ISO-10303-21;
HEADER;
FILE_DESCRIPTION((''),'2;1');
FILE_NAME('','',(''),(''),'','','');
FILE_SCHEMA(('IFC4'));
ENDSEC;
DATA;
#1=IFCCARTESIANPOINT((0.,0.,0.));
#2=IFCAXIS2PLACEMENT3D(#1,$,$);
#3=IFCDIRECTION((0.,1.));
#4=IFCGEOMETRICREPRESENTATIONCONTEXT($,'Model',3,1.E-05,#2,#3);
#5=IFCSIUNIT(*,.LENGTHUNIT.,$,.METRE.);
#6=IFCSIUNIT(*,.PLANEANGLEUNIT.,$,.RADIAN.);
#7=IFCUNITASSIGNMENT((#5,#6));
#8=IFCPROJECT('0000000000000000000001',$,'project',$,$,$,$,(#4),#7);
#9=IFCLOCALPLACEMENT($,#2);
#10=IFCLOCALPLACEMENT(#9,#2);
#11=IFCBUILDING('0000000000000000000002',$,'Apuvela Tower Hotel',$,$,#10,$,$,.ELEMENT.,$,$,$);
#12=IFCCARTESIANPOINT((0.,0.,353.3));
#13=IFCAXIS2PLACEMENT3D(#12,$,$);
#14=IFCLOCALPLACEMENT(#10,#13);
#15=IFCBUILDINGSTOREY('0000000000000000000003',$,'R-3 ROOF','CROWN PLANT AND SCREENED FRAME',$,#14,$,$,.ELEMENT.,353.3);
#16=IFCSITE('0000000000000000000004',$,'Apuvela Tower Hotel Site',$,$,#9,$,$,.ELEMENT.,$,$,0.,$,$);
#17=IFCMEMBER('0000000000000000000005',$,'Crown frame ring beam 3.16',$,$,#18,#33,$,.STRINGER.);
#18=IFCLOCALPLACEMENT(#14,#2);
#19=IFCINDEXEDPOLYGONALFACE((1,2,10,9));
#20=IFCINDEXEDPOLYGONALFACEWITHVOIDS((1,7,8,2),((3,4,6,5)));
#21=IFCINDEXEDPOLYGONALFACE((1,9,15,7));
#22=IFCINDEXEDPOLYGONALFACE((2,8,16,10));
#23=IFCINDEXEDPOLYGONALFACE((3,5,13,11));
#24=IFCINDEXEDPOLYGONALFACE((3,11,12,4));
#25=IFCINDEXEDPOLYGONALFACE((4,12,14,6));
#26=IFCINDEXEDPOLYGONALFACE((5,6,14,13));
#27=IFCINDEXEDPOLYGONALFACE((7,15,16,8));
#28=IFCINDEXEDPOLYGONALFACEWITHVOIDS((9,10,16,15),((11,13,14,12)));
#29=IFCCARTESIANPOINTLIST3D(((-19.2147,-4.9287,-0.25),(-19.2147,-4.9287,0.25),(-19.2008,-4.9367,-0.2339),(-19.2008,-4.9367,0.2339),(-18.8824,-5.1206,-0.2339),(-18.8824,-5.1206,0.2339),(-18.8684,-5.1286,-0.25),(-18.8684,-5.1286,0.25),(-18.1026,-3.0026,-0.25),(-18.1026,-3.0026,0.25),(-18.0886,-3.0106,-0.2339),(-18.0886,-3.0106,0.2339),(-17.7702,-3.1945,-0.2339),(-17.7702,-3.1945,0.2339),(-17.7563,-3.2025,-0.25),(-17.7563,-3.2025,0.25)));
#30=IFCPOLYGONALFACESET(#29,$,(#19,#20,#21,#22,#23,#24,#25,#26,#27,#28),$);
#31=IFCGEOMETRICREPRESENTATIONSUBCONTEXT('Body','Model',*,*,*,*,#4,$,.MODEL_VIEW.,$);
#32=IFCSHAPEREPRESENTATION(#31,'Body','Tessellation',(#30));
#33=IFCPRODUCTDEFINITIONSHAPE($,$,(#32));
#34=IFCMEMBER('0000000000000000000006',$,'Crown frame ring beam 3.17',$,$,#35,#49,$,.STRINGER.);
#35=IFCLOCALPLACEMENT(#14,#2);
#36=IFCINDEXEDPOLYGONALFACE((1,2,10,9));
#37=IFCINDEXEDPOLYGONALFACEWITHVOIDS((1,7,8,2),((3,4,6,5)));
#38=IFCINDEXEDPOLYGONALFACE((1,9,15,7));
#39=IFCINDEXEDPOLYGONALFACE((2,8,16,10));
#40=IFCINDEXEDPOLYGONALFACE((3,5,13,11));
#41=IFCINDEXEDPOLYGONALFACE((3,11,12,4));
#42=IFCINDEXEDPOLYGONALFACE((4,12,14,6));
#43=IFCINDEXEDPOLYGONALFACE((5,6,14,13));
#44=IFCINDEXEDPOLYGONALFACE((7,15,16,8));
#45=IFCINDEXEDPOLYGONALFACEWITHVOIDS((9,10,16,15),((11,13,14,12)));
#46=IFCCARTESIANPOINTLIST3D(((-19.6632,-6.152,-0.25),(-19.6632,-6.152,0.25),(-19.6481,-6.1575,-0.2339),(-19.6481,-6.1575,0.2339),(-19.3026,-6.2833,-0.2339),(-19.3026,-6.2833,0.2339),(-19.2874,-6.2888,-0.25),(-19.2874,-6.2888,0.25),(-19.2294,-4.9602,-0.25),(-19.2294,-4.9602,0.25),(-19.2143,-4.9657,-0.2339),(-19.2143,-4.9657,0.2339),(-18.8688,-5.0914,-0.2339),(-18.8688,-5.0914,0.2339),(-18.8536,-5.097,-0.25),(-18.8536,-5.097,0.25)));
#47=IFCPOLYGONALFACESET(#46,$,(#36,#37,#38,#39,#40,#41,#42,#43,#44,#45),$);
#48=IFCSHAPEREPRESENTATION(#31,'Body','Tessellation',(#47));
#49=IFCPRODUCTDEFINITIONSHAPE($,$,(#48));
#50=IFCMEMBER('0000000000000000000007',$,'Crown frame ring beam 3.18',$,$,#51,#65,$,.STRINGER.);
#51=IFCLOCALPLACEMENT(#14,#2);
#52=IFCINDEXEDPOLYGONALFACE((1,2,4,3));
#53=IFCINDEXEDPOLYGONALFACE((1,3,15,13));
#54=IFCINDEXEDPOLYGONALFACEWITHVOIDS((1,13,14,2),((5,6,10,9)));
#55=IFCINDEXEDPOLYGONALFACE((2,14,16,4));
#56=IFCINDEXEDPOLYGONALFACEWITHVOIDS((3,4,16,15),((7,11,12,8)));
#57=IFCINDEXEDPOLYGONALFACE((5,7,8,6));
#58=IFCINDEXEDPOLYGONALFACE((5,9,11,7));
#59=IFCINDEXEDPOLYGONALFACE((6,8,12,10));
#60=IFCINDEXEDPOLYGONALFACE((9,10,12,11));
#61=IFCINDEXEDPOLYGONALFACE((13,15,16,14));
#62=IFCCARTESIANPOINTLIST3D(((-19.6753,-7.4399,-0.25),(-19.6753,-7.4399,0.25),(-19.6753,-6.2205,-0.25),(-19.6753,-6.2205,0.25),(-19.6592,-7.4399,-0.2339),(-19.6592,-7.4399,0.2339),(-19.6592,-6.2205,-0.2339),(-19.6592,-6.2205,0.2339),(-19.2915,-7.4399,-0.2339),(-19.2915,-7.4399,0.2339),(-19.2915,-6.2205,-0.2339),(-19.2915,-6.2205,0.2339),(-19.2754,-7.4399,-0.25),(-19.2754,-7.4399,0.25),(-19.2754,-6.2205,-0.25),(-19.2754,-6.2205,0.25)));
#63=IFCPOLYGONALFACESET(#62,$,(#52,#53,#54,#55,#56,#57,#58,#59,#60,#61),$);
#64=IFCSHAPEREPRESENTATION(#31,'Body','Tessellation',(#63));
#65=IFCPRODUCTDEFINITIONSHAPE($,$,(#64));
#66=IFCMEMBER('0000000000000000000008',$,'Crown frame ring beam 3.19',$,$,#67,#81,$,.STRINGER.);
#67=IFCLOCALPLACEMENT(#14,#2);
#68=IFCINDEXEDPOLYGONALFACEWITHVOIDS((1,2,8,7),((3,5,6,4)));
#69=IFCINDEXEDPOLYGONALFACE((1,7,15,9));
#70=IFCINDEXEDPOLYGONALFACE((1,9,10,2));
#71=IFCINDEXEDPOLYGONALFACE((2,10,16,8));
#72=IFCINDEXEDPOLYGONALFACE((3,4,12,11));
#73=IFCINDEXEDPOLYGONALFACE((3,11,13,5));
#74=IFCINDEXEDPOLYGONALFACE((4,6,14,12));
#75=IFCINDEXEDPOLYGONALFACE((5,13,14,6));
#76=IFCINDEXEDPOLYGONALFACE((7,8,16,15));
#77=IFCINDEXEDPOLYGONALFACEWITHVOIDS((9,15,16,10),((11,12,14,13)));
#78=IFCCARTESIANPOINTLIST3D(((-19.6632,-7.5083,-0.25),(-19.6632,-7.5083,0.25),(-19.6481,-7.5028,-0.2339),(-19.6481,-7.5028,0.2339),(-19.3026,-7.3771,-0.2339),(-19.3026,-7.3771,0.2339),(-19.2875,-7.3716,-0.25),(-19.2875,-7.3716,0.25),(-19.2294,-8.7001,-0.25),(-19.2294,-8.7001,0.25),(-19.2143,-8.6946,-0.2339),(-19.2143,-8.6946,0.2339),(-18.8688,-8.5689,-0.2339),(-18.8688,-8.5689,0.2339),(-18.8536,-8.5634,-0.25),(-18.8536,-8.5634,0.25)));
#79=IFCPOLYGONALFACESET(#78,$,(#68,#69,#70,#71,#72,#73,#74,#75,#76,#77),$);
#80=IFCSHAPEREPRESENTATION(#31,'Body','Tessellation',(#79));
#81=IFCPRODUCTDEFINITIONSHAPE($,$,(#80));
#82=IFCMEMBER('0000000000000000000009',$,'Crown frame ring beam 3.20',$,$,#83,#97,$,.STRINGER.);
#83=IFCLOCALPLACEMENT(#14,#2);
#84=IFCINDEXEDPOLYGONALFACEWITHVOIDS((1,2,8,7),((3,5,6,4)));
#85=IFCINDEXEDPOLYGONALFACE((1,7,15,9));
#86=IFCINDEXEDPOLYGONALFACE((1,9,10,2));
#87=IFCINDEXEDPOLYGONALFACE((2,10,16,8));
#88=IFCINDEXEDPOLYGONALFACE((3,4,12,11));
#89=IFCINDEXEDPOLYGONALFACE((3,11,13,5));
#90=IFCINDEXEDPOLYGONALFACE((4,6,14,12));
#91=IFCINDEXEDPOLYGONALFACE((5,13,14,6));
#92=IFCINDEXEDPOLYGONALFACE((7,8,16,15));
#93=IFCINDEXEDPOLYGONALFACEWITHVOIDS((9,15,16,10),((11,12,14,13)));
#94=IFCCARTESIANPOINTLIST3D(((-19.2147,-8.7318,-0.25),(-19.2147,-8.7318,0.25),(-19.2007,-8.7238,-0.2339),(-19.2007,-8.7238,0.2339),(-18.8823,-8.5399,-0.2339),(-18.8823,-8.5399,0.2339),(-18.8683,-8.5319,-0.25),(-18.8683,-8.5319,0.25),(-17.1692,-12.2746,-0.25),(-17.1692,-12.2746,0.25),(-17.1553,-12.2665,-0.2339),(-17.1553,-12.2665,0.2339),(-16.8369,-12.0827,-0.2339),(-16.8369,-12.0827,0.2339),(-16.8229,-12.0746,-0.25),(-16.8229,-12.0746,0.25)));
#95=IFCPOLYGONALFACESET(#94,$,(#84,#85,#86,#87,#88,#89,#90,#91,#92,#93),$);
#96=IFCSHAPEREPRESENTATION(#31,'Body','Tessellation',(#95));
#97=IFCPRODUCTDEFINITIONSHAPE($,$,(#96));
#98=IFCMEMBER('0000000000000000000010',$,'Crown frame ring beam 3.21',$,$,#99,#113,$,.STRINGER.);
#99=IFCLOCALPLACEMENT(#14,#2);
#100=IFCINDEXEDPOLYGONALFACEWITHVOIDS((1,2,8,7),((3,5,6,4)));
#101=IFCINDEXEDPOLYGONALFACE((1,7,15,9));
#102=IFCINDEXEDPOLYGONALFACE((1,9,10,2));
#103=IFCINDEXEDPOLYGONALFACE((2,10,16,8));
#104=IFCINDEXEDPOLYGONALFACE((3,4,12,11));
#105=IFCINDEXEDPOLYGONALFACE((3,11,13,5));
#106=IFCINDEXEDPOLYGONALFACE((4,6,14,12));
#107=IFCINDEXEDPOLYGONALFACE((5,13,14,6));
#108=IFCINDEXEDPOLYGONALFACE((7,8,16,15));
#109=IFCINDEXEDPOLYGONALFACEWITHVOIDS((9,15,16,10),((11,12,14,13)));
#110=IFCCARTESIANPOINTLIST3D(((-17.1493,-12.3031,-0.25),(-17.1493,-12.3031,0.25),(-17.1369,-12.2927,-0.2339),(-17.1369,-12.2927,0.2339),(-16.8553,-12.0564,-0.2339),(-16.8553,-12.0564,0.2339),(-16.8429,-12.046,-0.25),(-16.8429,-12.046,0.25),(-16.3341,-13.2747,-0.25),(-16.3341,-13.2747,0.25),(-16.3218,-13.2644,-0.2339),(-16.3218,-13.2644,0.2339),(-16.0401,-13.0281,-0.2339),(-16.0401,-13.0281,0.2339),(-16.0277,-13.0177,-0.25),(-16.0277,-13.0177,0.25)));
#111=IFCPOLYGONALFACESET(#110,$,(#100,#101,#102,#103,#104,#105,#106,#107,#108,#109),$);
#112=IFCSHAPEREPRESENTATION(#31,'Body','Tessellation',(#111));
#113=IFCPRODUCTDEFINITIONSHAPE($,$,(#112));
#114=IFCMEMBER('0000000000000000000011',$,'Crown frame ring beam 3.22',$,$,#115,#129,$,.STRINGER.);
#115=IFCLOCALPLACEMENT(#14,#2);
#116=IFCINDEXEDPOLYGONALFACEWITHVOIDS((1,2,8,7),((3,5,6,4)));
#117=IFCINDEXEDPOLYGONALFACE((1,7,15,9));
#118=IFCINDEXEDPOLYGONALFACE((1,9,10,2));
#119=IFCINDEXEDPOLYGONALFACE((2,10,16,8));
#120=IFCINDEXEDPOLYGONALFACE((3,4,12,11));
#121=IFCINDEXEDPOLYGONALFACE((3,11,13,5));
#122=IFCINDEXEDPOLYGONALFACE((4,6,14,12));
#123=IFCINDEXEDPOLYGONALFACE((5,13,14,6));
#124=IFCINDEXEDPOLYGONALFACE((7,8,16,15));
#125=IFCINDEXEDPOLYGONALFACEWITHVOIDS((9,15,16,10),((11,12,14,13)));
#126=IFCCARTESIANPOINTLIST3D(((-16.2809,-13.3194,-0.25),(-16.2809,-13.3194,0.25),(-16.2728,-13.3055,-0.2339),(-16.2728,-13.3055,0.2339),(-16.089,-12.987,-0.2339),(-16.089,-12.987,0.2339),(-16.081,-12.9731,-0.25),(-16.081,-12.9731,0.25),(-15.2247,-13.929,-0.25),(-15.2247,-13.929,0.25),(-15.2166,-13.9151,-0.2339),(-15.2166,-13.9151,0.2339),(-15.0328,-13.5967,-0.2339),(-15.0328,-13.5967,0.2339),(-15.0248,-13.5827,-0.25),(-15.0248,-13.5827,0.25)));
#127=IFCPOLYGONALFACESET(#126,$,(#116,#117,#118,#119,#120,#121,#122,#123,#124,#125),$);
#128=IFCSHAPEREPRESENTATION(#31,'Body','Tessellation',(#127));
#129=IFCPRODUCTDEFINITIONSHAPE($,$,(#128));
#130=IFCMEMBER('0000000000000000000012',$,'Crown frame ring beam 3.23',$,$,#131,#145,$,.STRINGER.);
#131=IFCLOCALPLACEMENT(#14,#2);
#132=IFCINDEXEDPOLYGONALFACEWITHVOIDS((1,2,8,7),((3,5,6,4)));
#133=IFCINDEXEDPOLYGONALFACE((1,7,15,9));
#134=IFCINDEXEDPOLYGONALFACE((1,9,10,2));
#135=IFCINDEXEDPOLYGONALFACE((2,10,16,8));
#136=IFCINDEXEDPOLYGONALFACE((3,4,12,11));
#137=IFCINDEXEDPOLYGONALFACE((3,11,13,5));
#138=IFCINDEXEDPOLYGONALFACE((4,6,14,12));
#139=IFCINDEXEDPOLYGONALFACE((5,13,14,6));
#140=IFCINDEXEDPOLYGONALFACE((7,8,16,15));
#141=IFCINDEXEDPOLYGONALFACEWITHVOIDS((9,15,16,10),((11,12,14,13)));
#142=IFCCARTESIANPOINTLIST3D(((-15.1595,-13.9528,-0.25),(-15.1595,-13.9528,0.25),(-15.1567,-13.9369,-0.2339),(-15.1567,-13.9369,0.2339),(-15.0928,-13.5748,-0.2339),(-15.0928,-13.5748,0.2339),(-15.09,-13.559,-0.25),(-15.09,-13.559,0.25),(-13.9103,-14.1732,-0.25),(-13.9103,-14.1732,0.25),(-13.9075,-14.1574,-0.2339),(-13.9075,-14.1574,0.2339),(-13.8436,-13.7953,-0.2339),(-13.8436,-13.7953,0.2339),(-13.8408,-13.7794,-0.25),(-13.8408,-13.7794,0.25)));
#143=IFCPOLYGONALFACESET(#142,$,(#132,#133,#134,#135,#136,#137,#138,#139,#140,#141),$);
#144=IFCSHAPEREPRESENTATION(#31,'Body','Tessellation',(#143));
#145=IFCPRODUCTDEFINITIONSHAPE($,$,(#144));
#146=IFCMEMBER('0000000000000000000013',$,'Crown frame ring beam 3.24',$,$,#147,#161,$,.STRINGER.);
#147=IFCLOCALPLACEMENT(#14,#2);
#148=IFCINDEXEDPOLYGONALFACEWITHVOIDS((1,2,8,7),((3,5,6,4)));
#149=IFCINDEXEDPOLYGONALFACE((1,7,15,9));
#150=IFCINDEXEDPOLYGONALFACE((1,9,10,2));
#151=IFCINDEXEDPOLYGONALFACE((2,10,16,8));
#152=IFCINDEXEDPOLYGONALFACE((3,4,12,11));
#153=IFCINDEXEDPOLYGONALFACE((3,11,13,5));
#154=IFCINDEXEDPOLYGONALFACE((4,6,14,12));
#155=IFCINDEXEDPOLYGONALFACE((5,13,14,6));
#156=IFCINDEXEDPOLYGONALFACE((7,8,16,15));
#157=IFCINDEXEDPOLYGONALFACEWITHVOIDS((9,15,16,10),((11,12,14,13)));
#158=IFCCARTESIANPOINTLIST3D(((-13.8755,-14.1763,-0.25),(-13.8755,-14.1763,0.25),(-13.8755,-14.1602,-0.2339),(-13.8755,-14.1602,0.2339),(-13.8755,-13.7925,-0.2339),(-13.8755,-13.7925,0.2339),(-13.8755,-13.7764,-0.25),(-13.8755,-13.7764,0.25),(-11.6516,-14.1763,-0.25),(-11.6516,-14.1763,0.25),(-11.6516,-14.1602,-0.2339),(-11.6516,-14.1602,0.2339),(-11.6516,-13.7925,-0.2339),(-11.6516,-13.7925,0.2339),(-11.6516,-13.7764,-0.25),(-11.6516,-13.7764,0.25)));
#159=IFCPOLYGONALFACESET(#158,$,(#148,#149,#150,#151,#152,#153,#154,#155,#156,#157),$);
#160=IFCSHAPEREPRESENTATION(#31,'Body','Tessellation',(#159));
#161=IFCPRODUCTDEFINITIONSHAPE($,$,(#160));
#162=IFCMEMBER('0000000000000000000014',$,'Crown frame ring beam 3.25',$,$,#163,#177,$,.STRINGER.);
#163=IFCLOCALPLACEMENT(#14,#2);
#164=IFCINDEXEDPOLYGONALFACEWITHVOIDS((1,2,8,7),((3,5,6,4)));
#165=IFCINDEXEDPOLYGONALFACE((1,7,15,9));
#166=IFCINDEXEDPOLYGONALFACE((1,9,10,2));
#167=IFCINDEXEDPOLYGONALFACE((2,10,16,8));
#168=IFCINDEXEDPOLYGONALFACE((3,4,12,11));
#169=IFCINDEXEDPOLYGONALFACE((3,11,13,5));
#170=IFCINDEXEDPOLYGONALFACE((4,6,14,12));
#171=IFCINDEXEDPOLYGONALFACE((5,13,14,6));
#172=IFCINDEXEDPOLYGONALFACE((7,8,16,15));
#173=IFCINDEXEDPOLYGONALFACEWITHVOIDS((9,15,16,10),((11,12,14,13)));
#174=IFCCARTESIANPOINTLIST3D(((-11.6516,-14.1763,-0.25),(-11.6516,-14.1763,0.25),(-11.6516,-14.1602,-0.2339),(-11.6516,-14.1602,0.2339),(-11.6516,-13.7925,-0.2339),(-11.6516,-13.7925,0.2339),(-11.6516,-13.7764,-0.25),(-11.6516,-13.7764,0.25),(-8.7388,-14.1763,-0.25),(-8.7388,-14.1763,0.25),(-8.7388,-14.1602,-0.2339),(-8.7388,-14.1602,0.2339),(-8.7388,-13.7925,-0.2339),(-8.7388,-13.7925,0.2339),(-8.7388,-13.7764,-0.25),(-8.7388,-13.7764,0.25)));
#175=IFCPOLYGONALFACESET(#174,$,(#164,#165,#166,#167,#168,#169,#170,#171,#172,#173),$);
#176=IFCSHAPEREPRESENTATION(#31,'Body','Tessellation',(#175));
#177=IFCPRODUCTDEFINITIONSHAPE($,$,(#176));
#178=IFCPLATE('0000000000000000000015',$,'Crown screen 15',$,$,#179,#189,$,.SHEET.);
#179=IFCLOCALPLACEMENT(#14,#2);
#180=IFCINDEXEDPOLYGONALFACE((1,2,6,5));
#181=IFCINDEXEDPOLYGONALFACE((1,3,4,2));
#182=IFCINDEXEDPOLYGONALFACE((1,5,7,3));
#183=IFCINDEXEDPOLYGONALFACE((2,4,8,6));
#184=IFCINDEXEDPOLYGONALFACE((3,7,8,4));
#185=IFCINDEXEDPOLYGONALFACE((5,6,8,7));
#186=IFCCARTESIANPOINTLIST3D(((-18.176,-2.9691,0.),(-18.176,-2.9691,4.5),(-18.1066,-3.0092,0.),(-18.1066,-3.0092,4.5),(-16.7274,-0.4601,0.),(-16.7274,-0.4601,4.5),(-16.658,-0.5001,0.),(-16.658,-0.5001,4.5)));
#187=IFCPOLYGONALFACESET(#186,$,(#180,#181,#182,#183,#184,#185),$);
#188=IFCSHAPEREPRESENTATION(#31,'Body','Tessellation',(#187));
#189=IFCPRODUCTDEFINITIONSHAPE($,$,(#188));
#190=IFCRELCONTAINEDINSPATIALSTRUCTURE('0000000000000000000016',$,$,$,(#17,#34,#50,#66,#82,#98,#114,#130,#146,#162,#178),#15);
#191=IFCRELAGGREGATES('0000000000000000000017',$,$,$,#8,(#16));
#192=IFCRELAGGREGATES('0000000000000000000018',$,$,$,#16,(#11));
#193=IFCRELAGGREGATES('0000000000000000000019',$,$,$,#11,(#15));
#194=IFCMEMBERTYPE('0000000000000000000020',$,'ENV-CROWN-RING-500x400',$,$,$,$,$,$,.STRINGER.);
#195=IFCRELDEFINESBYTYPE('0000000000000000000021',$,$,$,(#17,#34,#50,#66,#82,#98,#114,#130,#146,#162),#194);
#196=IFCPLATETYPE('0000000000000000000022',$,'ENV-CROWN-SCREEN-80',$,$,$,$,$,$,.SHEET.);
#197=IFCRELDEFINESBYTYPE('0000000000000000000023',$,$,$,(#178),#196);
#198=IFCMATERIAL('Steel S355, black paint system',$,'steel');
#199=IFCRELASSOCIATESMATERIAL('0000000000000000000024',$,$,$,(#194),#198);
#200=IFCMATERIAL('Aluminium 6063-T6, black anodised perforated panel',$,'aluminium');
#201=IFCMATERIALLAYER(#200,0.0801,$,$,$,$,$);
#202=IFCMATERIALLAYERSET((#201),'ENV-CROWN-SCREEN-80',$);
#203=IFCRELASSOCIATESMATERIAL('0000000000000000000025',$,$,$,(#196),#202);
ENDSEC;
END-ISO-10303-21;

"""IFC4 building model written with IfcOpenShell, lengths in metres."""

from ifc_helpers import new_model, si_unit, direction, frame, origin, origin_2d, place, context, subcontext, project, spatial, rectangle, hollow_rectangle, extrude, material, layer, layer_set, material_profile, profile_set, type_object, element, save


model = new_model("IFC4")

# Units and contexts
model_context = context("Model", 3, precision=1e-05, world=origin(), true_north=direction((0.0, 1.0)))
body_context = subcontext(model_context, "Body", "Model", "MODEL_VIEW")
ifc_project = project(units=[si_unit("LENGTHUNIT", "METRE"), si_unit("PLANEANGLEUNIT", "RADIAN")], contexts=[model_context])

# Site, building, storey
site_placement = place(None, origin())
site = spatial("IfcSite", under=ifc_project, at=site_placement, Name="Apuvela Tower Hotel Site", CompositionType="ELEMENT", RefElevation=0.0)
building_placement = place(site_placement, origin())
building = spatial("IfcBuilding", under=site, at=building_placement, Name="Apuvela Tower Hotel", CompositionType="ELEMENT")
storey_placement = place(building_placement, frame((0.0, 0.0, 353.3)))
storey = spatial("IfcBuildingStorey", under=building, at=storey_placement, Name="R-3 ROOF", Description="CROWN PLANT AND SCREENED FRAME", CompositionType="ELEMENT", Elevation=353.3)

# Members
ifc_material_1 = material(Name="Steel S355, black paint system", Category="steel")
ifc_material_profile_1 = material_profile(ifc_material_1, hollow_rectangle(XDim=0.3999, YDim=0.5, WallThickness=0.0161, at=origin_2d()), Name="HSS 500x400x16")
ifc_profile_set_1 = profile_set([ifc_material_profile_1], Name="Steel S355, black paint system")
member_type_1 = type_object("IfcMemberType", Name="ENV-CROWN-RING-500x400", PredefinedType="STRINGER", material=ifc_profile_set_1)
member_1_placement = place(storey_placement, frame((-17.9294, -3.1025, 0.0), z_axis=(-0.500023, -0.866012, 0.0), x_axis=(0.866012, -0.500023, 0.0)))
element("IfcMember", 1, at=member_1_placement, inside=storey, type_object=member_type_1, Name="Crown frame ring beam 3.16", PredefinedType="STRINGER", context=body_context, shape_type="SweptSolid", body=[
    extrude(hollow_rectangle(XDim=0.3999, YDim=0.5, WallThickness=0.0161, at=origin_2d()), origin(), (0.0, 0.0, 1.0), 2.2241),
])
member_2_placement = place(storey_placement, frame((-19.0415, -5.0286, 0.0), z_axis=(-0.342037, -0.939687, 0.0), x_axis=(0.939687, -0.342037, 0.0)))
element("IfcMember", 2, at=member_2_placement, inside=storey, type_object=member_type_1, Name="Crown frame ring beam 3.17", PredefinedType="STRINGER", context=body_context, shape_type="SweptSolid", body=[
    extrude(hollow_rectangle(XDim=0.3999, YDim=0.5, WallThickness=0.0161, at=origin_2d()), origin(), (0.0, 0.0, 1.0), 1.2683),
])
member_3_placement = place(storey_placement, frame((-19.4753, -6.2205, 0.0), z_axis=(0.0, -1.0, 0.0), x_axis=(1.0, 0.0, 0.0)))
element("IfcMember", 3, at=member_3_placement, inside=storey, type_object=member_type_1, Name="Crown frame ring beam 3.18", PredefinedType="STRINGER", context=body_context, shape_type="SweptSolid", body=[
    extrude(hollow_rectangle(XDim=0.3999, YDim=0.5, WallThickness=0.0161, at=origin_2d()), origin(), (0.0, 0.0, 1.0), 1.2195),
])
member_4_placement = place(storey_placement, frame((-19.4753, -7.4399, 0.0), z_axis=(0.342037, -0.939687, 0.0), x_axis=(0.939687, 0.342037, 0.0)))
element("IfcMember", 4, at=member_4_placement, inside=storey, type_object=member_type_1, Name="Crown frame ring beam 3.19", PredefinedType="STRINGER", context=body_context, shape_type="SweptSolid", body=[
    extrude(hollow_rectangle(XDim=0.3999, YDim=0.5, WallThickness=0.0161, at=origin_2d()), origin(), (0.0, 0.0, 1.0), 1.2683),
])
member_5_placement = place(storey_placement, frame((-19.0415, -8.6318, 0.0), z_axis=(0.500003, -0.866024, 0.0), x_axis=(0.866024, 0.500003, 0.0)))
element("IfcMember", 5, at=member_5_placement, inside=storey, type_object=member_type_1, Name="Crown frame ring beam 3.20", PredefinedType="STRINGER", context=body_context, shape_type="SweptSolid", body=[
    extrude(hollow_rectangle(XDim=0.3999, YDim=0.5, WallThickness=0.0161, at=origin_2d()), origin(), (0.0, 0.0, 1.0), 4.0908),
])
member_6_placement = place(storey_placement, frame((-16.9961, -12.1746, 0.0), z_axis=(0.642718, -0.766103, 0.0), x_axis=(0.766103, 0.642718, 0.0)))
element("IfcMember", 6, at=member_6_placement, inside=storey, type_object=member_type_1, Name="Crown frame ring beam 3.21", PredefinedType="STRINGER", context=body_context, shape_type="SweptSolid", body=[
    extrude(hollow_rectangle(XDim=0.3999, YDim=0.5, WallThickness=0.0161, at=origin_2d()), origin(), (0.0, 0.0, 1.0), 1.2683),
])
member_7_placement = place(storey_placement, frame((-16.1809, -13.1462, 0.0), z_axis=(0.866079, -0.499907, 0.0), x_axis=(0.499907, 0.866079, 0.0)))
element("IfcMember", 7, at=member_7_placement, inside=storey, type_object=member_type_1, Name="Crown frame ring beam 3.22", PredefinedType="STRINGER", context=body_context, shape_type="SweptSolid", body=[
    extrude(hollow_rectangle(XDim=0.3999, YDim=0.5, WallThickness=0.0161, at=origin_2d()), origin(), (0.0, 0.0, 1.0), 1.2195),
])
member_8_placement = place(storey_placement, frame((-15.1248, -13.7559, 0.0), z_axis=(0.984784, -0.173785, 0.0), x_axis=(0.173785, 0.984784, 0.0)))
element("IfcMember", 8, at=member_8_placement, inside=storey, type_object=member_type_1, Name="Crown frame ring beam 3.23", PredefinedType="STRINGER", context=body_context, shape_type="SweptSolid", body=[
    extrude(hollow_rectangle(XDim=0.3999, YDim=0.5, WallThickness=0.0161, at=origin_2d()), origin(), (0.0, 0.0, 1.0), 1.2686),
])
member_9_placement = place(storey_placement, frame((-13.8755, -13.9763, 0.0), z_axis=(1.0, 0.0, 0.0), x_axis=(0.0, 1.0, 0.0)))
element("IfcMember", 9, at=member_9_placement, inside=storey, type_object=member_type_1, Name="Crown frame ring beam 3.24", PredefinedType="STRINGER", context=body_context, shape_type="SweptSolid", body=[
    extrude(hollow_rectangle(XDim=0.3999, YDim=0.5, WallThickness=0.0161, at=origin_2d()), origin(), (0.0, 0.0, 1.0), 2.2239),
])
member_10_placement = place(storey_placement, frame((-11.6516, -13.9763, 0.0), z_axis=(1.0, 0.0, 0.0), x_axis=(0.0, 1.0, 0.0)))
element("IfcMember", 10, at=member_10_placement, inside=storey, type_object=member_type_1, Name="Crown frame ring beam 3.25", PredefinedType="STRINGER", context=body_context, shape_type="SweptSolid", body=[
    extrude(hollow_rectangle(XDim=0.3999, YDim=0.5, WallThickness=0.0161, at=origin_2d()), origin(), (0.0, 0.0, 1.0), 2.9128),
])

# Plate
ifc_material_2 = material(Name="Aluminium 6063-T6, black anodised perforated panel", Category="aluminium")
ifc_layer = layer(ifc_material_2, 0.0801)
ifc_layer_set = layer_set([ifc_layer], Name="ENV-CROWN-SCREEN-80")
plate_type = type_object("IfcPlateType", Name="ENV-CROWN-SCREEN-80", PredefinedType="SHEET", material=ifc_layer_set)
plate_1_placement = place(storey_placement, frame((-17.417, -1.7346, 0.0), z_axis=(0.0, 0.0, 1.0), x_axis=(-0.5, -0.866025, 0.0)))
element("IfcPlate", 11, at=plate_1_placement, inside=storey, type_object=plate_type, Name="Crown screen 15", PredefinedType="SHEET", context=body_context, shape_type="SweptSolid", body=[
    extrude(rectangle(XDim=2.8972, YDim=0.0801, at=origin_2d()), origin(), (0.0, 0.0, 1.0), 4.5),
])

save(model, "model.ifc")
